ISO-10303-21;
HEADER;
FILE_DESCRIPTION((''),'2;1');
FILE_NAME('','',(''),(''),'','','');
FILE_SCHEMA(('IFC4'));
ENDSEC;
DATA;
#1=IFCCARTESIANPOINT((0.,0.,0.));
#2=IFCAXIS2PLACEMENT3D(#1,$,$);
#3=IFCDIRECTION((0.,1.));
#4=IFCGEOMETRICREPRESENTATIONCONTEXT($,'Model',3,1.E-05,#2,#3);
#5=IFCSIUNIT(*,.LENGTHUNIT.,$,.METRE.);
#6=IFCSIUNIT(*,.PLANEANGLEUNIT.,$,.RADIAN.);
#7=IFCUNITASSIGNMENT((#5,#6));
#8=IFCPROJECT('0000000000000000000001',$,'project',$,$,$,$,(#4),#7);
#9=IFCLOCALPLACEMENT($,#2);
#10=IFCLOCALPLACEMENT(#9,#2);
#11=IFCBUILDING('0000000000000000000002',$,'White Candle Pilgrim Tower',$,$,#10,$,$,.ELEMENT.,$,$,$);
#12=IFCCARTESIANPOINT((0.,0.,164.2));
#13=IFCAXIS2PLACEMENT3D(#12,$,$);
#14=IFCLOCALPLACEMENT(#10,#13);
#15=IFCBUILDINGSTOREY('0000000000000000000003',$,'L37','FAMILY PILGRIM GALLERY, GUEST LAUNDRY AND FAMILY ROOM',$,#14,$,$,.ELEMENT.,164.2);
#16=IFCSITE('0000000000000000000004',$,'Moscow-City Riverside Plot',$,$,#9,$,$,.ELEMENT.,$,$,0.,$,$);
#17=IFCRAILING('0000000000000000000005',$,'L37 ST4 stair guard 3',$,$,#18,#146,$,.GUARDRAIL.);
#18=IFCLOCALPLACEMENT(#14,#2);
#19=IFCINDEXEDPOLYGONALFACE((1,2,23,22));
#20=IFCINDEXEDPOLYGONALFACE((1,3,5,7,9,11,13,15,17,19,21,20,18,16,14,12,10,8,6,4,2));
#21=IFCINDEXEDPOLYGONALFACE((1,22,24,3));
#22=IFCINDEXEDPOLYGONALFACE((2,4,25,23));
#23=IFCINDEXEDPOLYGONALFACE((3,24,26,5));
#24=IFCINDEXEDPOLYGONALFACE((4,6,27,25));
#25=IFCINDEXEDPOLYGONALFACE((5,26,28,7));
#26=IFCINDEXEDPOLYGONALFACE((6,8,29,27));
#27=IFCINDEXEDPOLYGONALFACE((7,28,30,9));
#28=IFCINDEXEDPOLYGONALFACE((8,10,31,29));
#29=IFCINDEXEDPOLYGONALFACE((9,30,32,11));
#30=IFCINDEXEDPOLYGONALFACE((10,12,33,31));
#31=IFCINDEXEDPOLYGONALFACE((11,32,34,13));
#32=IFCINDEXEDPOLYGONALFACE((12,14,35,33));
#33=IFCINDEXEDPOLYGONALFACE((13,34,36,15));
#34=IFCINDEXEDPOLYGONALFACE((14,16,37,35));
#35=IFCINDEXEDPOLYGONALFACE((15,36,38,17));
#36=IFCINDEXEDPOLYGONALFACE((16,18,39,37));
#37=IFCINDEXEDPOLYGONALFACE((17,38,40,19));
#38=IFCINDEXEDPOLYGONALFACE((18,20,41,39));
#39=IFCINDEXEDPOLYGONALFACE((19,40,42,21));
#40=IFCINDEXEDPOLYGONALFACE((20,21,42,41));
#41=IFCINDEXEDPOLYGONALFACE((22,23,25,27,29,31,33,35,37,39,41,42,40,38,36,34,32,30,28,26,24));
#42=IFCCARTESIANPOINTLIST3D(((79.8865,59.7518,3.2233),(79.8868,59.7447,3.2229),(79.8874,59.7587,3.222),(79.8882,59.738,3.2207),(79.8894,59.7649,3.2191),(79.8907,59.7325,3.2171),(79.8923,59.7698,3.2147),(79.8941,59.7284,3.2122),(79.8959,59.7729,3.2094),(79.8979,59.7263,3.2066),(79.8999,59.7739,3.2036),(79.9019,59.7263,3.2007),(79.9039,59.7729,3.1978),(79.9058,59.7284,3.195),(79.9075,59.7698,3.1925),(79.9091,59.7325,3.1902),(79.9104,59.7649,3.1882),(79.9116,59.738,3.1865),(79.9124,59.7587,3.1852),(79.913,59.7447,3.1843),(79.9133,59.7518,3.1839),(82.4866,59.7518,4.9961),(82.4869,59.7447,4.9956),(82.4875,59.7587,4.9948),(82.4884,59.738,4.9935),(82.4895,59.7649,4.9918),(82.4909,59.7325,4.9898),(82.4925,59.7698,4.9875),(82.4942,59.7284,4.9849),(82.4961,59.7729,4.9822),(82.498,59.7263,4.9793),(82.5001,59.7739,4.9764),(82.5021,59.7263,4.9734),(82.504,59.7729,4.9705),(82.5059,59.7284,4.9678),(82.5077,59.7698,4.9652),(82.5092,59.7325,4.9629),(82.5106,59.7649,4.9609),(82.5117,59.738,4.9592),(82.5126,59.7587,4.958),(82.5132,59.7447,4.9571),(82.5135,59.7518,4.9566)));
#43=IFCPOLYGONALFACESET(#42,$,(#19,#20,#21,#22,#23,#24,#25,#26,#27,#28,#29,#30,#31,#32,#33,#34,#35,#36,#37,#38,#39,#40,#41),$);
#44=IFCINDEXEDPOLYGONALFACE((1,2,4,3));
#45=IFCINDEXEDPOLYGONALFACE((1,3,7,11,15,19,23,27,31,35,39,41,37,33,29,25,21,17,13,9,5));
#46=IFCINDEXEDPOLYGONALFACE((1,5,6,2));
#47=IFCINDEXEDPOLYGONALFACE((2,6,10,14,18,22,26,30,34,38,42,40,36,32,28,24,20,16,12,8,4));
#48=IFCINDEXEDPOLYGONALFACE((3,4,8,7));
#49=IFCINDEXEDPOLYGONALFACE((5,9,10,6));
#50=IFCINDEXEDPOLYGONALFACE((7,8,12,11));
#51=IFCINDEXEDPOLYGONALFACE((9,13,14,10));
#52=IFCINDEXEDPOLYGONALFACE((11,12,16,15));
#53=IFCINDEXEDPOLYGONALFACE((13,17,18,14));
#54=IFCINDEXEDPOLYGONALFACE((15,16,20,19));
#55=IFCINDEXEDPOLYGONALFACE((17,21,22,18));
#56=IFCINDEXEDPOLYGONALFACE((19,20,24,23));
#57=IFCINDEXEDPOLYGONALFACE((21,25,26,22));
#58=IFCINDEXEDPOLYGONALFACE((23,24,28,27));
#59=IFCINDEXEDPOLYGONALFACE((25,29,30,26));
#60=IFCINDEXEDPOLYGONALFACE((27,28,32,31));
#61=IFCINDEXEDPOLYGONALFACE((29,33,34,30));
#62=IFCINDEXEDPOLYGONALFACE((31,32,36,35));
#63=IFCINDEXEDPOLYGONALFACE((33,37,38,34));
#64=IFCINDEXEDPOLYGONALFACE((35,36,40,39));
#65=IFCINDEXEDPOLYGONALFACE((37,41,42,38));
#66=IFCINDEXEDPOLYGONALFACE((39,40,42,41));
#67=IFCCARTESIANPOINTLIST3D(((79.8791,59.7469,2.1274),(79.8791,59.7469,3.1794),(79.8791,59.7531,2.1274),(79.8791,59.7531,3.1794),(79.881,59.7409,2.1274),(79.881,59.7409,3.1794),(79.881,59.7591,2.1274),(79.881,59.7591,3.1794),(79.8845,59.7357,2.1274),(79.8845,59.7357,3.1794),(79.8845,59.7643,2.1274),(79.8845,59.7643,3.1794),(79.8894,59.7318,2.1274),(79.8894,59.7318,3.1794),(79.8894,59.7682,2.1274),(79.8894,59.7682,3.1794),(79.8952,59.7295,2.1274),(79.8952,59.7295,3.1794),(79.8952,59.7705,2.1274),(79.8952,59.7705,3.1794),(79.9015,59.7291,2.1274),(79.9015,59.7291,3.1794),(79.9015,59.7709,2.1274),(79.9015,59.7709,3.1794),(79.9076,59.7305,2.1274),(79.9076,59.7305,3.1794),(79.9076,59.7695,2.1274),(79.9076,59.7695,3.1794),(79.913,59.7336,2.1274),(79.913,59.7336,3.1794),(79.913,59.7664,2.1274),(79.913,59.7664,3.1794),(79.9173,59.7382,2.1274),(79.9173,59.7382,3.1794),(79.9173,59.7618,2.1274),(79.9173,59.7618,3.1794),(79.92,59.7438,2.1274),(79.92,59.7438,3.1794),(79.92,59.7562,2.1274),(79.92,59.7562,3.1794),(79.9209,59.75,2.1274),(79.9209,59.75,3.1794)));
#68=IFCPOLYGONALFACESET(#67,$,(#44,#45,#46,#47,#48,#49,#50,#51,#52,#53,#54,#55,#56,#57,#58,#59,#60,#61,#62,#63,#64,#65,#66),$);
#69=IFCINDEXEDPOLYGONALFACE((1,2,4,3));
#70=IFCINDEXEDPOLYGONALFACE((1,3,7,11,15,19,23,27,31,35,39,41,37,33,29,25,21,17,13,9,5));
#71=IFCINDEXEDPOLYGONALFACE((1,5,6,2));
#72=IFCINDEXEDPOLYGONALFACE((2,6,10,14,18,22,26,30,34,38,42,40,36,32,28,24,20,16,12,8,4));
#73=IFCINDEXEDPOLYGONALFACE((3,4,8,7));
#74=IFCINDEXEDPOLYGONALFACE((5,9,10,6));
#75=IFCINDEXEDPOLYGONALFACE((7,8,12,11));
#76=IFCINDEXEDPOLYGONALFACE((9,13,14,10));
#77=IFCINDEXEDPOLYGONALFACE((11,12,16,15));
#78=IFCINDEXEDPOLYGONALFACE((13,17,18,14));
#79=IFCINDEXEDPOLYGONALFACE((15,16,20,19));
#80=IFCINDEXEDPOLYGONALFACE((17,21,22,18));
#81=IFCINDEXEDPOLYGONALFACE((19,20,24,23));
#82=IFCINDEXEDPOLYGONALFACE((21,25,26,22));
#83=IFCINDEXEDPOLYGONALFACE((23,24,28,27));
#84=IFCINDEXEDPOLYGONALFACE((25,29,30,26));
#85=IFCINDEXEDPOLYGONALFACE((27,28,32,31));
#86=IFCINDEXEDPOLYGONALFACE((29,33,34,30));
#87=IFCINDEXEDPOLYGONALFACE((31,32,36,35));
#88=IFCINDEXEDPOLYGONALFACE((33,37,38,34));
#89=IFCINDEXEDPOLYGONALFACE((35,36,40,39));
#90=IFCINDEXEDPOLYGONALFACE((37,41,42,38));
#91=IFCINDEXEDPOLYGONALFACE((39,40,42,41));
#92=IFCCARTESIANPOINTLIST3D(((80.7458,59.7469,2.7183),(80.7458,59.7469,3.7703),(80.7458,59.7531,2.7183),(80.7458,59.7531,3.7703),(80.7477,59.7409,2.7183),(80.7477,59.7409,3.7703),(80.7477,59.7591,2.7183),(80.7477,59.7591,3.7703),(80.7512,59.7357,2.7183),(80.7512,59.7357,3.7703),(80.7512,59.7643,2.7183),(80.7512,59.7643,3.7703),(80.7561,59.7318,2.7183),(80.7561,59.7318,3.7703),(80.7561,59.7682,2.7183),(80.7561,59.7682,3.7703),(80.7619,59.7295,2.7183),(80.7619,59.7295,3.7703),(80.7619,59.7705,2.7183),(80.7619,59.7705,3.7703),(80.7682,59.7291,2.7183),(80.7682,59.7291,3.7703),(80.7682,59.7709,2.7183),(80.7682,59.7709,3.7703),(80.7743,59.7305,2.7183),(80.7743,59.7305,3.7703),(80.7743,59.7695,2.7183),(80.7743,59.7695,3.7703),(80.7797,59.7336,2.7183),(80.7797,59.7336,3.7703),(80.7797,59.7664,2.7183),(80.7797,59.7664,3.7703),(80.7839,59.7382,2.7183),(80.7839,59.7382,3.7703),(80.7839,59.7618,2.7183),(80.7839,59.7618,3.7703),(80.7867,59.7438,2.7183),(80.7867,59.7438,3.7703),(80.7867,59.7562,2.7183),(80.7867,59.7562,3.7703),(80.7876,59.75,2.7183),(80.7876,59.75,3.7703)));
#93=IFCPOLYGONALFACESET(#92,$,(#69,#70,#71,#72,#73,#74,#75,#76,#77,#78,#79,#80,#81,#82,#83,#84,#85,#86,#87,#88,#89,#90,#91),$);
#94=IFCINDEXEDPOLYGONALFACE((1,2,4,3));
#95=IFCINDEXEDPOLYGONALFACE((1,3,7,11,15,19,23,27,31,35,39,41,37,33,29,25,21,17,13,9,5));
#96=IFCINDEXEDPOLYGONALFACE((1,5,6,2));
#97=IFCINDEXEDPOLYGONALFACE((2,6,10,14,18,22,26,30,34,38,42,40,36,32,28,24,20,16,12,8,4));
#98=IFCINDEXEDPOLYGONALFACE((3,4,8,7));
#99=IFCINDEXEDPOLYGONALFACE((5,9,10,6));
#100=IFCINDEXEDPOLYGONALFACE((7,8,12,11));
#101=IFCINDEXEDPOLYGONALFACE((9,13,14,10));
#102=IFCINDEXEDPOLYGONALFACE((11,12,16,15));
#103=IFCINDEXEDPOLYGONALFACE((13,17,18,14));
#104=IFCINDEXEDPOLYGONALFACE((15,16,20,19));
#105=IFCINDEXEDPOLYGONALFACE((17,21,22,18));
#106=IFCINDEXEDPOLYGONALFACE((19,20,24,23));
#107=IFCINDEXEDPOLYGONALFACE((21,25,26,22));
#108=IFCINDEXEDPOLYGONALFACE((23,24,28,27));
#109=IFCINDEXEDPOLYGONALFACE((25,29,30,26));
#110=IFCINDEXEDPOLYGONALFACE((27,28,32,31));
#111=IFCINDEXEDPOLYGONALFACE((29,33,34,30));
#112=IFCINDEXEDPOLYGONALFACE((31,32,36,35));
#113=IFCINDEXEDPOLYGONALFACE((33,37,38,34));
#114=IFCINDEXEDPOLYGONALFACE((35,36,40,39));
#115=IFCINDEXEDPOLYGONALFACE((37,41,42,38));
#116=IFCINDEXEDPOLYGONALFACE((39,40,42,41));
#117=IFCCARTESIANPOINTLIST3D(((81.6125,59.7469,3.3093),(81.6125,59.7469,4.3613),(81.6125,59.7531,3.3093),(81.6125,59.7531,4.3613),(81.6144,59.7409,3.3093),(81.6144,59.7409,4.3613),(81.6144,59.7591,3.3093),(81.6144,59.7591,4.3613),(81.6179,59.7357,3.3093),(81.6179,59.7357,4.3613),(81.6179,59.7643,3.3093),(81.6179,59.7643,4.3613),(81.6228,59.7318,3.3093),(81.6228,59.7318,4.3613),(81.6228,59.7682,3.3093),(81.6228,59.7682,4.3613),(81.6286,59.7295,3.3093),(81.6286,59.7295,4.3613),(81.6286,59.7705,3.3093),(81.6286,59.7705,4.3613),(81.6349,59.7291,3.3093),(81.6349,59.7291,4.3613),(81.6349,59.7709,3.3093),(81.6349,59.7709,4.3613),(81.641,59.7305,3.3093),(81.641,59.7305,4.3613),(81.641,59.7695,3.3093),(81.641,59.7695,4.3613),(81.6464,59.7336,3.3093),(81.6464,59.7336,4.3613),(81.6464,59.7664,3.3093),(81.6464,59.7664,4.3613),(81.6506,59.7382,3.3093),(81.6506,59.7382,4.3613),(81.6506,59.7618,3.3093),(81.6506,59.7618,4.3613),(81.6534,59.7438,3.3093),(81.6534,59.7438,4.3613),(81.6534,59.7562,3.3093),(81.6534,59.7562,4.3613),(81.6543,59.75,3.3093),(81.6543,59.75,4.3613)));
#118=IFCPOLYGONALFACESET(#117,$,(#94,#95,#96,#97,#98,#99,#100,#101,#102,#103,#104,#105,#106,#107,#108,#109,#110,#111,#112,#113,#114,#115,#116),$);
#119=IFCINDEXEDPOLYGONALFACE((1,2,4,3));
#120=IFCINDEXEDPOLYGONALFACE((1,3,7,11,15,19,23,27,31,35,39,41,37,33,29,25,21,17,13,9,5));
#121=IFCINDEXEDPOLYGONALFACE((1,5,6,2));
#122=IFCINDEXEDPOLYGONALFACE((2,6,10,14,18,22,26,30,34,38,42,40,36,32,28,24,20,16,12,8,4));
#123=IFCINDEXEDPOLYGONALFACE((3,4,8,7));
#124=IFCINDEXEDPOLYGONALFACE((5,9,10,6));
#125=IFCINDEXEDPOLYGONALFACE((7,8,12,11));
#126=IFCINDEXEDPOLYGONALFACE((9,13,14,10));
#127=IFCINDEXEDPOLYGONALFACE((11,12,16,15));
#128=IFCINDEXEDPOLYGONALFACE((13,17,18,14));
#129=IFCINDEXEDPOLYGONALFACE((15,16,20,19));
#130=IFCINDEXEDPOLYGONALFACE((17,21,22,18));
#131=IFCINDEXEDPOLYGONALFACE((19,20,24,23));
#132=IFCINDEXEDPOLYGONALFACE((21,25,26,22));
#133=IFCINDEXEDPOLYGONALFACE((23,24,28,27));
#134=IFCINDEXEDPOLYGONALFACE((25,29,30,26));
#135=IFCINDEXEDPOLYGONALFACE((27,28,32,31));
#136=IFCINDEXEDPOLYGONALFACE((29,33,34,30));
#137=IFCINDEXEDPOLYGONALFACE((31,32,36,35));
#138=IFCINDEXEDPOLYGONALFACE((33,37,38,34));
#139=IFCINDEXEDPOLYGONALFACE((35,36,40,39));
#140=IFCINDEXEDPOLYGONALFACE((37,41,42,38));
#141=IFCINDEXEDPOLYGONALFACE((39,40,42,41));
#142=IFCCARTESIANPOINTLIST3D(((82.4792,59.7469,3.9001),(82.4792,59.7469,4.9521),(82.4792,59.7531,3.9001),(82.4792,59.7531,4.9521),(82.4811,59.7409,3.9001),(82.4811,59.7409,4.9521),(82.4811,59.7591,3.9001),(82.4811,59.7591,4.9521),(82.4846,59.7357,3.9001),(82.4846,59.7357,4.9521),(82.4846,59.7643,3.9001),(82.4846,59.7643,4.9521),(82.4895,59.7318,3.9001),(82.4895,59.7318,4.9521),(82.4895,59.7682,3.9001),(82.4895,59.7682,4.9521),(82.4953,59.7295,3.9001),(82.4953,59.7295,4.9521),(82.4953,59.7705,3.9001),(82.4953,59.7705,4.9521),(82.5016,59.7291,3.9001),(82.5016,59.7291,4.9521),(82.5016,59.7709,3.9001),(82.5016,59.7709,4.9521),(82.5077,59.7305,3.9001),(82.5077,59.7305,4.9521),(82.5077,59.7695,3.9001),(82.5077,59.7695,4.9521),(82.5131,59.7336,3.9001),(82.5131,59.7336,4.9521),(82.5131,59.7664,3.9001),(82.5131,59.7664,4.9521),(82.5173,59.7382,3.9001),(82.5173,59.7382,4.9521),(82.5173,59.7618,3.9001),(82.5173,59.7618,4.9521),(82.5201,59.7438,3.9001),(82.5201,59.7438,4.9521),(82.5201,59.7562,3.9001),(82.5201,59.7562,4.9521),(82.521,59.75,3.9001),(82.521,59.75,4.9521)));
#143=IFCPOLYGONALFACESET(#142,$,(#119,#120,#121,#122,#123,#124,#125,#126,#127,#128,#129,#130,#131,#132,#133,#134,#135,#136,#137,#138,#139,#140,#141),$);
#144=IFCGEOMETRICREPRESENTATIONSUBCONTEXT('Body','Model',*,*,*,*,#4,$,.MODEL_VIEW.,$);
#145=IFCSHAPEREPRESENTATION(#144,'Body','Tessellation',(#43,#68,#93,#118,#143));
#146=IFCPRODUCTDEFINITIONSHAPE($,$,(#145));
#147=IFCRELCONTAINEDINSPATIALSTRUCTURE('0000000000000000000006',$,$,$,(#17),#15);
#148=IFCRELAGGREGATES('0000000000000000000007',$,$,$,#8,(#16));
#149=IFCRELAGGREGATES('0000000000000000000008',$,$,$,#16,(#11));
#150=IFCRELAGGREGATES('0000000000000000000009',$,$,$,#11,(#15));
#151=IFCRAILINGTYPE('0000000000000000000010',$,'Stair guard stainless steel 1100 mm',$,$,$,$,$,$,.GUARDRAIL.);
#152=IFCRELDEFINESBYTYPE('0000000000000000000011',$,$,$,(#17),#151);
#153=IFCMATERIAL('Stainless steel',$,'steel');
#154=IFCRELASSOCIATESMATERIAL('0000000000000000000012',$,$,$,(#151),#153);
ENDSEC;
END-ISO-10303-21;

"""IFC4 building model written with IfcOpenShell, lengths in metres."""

from ifc_helpers import new_model, si_unit, direction, frame, origin, origin_2d, place, context, subcontext, project, spatial, circle, extrude, material, type_object, element, save


model = new_model("IFC4")

# Units and contexts
model_context = context("Model", 3, precision=1e-05, world=origin(), true_north=direction((0.0, 1.0)))
body_context = subcontext(model_context, "Body", "Model", "MODEL_VIEW")
ifc_project = project(units=[si_unit("LENGTHUNIT", "METRE"), si_unit("PLANEANGLEUNIT", "RADIAN")], contexts=[model_context])

# Site, building, storey
site_placement = place(None, origin())
site = spatial("IfcSite", under=ifc_project, at=site_placement, Name="Moscow-City Riverside Plot", CompositionType="ELEMENT", RefElevation=0.0)
building_placement = place(site_placement, origin())
building = spatial("IfcBuilding", under=site, at=building_placement, Name="White Candle Pilgrim Tower", CompositionType="ELEMENT")
storey_placement = place(building_placement, frame((0.0, 0.0, 164.2)))
storey = spatial("IfcBuildingStorey", under=building, at=storey_placement, Name="L37", Description="FAMILY PILGRIM GALLERY, GUEST LAUNDRY AND FAMILY ROOM", CompositionType="ELEMENT", Elevation=164.2)

# Railing
ifc_material_1 = material(Name="Stainless steel", Category="steel")
railing_type_1 = type_object("IfcRailingType", Name="Stair guard stainless steel 1100 mm", PredefinedType="GUARDRAIL", material=ifc_material_1)
railing_1_placement = place(storey_placement, frame((79.8999, 59.75, 2.1274)))
element("IfcRailing", 1, at=railing_1_placement, inside=storey, type_object=railing_type_1, Name="L37 ST4 stair guard 3", PredefinedType="GUARDRAIL", context=body_context, shape_type="SweptSolid", body=[
    extrude(circle(Radius=0.0239, at=origin_2d()), frame((0.0, 0.0, 1.0762), z_axis=(0.82624, 0.0, 0.563318), x_axis=(0.0, 1.0, 0.0)), (0.0, 0.0, 1.0), 3.147),
    extrude(circle(Radius=0.021, at=origin_2d()), origin(), (0.0, 0.0, 1.0), 1.052),
    extrude(circle(Radius=0.021, at=origin_2d()), frame((0.8667, 0.0, 0.5908)), (0.0, 0.0, 1.0), 1.052),
    extrude(circle(Radius=0.021, at=origin_2d()), frame((1.7334, 0.0, 1.1819)), (0.0, 0.0, 1.0), 1.052),
    extrude(circle(Radius=0.021, at=origin_2d()), frame((2.6001, 0.0, 1.7727)), (0.0, 0.0, 1.0), 1.052),
])

save(model, "model.ifc")
